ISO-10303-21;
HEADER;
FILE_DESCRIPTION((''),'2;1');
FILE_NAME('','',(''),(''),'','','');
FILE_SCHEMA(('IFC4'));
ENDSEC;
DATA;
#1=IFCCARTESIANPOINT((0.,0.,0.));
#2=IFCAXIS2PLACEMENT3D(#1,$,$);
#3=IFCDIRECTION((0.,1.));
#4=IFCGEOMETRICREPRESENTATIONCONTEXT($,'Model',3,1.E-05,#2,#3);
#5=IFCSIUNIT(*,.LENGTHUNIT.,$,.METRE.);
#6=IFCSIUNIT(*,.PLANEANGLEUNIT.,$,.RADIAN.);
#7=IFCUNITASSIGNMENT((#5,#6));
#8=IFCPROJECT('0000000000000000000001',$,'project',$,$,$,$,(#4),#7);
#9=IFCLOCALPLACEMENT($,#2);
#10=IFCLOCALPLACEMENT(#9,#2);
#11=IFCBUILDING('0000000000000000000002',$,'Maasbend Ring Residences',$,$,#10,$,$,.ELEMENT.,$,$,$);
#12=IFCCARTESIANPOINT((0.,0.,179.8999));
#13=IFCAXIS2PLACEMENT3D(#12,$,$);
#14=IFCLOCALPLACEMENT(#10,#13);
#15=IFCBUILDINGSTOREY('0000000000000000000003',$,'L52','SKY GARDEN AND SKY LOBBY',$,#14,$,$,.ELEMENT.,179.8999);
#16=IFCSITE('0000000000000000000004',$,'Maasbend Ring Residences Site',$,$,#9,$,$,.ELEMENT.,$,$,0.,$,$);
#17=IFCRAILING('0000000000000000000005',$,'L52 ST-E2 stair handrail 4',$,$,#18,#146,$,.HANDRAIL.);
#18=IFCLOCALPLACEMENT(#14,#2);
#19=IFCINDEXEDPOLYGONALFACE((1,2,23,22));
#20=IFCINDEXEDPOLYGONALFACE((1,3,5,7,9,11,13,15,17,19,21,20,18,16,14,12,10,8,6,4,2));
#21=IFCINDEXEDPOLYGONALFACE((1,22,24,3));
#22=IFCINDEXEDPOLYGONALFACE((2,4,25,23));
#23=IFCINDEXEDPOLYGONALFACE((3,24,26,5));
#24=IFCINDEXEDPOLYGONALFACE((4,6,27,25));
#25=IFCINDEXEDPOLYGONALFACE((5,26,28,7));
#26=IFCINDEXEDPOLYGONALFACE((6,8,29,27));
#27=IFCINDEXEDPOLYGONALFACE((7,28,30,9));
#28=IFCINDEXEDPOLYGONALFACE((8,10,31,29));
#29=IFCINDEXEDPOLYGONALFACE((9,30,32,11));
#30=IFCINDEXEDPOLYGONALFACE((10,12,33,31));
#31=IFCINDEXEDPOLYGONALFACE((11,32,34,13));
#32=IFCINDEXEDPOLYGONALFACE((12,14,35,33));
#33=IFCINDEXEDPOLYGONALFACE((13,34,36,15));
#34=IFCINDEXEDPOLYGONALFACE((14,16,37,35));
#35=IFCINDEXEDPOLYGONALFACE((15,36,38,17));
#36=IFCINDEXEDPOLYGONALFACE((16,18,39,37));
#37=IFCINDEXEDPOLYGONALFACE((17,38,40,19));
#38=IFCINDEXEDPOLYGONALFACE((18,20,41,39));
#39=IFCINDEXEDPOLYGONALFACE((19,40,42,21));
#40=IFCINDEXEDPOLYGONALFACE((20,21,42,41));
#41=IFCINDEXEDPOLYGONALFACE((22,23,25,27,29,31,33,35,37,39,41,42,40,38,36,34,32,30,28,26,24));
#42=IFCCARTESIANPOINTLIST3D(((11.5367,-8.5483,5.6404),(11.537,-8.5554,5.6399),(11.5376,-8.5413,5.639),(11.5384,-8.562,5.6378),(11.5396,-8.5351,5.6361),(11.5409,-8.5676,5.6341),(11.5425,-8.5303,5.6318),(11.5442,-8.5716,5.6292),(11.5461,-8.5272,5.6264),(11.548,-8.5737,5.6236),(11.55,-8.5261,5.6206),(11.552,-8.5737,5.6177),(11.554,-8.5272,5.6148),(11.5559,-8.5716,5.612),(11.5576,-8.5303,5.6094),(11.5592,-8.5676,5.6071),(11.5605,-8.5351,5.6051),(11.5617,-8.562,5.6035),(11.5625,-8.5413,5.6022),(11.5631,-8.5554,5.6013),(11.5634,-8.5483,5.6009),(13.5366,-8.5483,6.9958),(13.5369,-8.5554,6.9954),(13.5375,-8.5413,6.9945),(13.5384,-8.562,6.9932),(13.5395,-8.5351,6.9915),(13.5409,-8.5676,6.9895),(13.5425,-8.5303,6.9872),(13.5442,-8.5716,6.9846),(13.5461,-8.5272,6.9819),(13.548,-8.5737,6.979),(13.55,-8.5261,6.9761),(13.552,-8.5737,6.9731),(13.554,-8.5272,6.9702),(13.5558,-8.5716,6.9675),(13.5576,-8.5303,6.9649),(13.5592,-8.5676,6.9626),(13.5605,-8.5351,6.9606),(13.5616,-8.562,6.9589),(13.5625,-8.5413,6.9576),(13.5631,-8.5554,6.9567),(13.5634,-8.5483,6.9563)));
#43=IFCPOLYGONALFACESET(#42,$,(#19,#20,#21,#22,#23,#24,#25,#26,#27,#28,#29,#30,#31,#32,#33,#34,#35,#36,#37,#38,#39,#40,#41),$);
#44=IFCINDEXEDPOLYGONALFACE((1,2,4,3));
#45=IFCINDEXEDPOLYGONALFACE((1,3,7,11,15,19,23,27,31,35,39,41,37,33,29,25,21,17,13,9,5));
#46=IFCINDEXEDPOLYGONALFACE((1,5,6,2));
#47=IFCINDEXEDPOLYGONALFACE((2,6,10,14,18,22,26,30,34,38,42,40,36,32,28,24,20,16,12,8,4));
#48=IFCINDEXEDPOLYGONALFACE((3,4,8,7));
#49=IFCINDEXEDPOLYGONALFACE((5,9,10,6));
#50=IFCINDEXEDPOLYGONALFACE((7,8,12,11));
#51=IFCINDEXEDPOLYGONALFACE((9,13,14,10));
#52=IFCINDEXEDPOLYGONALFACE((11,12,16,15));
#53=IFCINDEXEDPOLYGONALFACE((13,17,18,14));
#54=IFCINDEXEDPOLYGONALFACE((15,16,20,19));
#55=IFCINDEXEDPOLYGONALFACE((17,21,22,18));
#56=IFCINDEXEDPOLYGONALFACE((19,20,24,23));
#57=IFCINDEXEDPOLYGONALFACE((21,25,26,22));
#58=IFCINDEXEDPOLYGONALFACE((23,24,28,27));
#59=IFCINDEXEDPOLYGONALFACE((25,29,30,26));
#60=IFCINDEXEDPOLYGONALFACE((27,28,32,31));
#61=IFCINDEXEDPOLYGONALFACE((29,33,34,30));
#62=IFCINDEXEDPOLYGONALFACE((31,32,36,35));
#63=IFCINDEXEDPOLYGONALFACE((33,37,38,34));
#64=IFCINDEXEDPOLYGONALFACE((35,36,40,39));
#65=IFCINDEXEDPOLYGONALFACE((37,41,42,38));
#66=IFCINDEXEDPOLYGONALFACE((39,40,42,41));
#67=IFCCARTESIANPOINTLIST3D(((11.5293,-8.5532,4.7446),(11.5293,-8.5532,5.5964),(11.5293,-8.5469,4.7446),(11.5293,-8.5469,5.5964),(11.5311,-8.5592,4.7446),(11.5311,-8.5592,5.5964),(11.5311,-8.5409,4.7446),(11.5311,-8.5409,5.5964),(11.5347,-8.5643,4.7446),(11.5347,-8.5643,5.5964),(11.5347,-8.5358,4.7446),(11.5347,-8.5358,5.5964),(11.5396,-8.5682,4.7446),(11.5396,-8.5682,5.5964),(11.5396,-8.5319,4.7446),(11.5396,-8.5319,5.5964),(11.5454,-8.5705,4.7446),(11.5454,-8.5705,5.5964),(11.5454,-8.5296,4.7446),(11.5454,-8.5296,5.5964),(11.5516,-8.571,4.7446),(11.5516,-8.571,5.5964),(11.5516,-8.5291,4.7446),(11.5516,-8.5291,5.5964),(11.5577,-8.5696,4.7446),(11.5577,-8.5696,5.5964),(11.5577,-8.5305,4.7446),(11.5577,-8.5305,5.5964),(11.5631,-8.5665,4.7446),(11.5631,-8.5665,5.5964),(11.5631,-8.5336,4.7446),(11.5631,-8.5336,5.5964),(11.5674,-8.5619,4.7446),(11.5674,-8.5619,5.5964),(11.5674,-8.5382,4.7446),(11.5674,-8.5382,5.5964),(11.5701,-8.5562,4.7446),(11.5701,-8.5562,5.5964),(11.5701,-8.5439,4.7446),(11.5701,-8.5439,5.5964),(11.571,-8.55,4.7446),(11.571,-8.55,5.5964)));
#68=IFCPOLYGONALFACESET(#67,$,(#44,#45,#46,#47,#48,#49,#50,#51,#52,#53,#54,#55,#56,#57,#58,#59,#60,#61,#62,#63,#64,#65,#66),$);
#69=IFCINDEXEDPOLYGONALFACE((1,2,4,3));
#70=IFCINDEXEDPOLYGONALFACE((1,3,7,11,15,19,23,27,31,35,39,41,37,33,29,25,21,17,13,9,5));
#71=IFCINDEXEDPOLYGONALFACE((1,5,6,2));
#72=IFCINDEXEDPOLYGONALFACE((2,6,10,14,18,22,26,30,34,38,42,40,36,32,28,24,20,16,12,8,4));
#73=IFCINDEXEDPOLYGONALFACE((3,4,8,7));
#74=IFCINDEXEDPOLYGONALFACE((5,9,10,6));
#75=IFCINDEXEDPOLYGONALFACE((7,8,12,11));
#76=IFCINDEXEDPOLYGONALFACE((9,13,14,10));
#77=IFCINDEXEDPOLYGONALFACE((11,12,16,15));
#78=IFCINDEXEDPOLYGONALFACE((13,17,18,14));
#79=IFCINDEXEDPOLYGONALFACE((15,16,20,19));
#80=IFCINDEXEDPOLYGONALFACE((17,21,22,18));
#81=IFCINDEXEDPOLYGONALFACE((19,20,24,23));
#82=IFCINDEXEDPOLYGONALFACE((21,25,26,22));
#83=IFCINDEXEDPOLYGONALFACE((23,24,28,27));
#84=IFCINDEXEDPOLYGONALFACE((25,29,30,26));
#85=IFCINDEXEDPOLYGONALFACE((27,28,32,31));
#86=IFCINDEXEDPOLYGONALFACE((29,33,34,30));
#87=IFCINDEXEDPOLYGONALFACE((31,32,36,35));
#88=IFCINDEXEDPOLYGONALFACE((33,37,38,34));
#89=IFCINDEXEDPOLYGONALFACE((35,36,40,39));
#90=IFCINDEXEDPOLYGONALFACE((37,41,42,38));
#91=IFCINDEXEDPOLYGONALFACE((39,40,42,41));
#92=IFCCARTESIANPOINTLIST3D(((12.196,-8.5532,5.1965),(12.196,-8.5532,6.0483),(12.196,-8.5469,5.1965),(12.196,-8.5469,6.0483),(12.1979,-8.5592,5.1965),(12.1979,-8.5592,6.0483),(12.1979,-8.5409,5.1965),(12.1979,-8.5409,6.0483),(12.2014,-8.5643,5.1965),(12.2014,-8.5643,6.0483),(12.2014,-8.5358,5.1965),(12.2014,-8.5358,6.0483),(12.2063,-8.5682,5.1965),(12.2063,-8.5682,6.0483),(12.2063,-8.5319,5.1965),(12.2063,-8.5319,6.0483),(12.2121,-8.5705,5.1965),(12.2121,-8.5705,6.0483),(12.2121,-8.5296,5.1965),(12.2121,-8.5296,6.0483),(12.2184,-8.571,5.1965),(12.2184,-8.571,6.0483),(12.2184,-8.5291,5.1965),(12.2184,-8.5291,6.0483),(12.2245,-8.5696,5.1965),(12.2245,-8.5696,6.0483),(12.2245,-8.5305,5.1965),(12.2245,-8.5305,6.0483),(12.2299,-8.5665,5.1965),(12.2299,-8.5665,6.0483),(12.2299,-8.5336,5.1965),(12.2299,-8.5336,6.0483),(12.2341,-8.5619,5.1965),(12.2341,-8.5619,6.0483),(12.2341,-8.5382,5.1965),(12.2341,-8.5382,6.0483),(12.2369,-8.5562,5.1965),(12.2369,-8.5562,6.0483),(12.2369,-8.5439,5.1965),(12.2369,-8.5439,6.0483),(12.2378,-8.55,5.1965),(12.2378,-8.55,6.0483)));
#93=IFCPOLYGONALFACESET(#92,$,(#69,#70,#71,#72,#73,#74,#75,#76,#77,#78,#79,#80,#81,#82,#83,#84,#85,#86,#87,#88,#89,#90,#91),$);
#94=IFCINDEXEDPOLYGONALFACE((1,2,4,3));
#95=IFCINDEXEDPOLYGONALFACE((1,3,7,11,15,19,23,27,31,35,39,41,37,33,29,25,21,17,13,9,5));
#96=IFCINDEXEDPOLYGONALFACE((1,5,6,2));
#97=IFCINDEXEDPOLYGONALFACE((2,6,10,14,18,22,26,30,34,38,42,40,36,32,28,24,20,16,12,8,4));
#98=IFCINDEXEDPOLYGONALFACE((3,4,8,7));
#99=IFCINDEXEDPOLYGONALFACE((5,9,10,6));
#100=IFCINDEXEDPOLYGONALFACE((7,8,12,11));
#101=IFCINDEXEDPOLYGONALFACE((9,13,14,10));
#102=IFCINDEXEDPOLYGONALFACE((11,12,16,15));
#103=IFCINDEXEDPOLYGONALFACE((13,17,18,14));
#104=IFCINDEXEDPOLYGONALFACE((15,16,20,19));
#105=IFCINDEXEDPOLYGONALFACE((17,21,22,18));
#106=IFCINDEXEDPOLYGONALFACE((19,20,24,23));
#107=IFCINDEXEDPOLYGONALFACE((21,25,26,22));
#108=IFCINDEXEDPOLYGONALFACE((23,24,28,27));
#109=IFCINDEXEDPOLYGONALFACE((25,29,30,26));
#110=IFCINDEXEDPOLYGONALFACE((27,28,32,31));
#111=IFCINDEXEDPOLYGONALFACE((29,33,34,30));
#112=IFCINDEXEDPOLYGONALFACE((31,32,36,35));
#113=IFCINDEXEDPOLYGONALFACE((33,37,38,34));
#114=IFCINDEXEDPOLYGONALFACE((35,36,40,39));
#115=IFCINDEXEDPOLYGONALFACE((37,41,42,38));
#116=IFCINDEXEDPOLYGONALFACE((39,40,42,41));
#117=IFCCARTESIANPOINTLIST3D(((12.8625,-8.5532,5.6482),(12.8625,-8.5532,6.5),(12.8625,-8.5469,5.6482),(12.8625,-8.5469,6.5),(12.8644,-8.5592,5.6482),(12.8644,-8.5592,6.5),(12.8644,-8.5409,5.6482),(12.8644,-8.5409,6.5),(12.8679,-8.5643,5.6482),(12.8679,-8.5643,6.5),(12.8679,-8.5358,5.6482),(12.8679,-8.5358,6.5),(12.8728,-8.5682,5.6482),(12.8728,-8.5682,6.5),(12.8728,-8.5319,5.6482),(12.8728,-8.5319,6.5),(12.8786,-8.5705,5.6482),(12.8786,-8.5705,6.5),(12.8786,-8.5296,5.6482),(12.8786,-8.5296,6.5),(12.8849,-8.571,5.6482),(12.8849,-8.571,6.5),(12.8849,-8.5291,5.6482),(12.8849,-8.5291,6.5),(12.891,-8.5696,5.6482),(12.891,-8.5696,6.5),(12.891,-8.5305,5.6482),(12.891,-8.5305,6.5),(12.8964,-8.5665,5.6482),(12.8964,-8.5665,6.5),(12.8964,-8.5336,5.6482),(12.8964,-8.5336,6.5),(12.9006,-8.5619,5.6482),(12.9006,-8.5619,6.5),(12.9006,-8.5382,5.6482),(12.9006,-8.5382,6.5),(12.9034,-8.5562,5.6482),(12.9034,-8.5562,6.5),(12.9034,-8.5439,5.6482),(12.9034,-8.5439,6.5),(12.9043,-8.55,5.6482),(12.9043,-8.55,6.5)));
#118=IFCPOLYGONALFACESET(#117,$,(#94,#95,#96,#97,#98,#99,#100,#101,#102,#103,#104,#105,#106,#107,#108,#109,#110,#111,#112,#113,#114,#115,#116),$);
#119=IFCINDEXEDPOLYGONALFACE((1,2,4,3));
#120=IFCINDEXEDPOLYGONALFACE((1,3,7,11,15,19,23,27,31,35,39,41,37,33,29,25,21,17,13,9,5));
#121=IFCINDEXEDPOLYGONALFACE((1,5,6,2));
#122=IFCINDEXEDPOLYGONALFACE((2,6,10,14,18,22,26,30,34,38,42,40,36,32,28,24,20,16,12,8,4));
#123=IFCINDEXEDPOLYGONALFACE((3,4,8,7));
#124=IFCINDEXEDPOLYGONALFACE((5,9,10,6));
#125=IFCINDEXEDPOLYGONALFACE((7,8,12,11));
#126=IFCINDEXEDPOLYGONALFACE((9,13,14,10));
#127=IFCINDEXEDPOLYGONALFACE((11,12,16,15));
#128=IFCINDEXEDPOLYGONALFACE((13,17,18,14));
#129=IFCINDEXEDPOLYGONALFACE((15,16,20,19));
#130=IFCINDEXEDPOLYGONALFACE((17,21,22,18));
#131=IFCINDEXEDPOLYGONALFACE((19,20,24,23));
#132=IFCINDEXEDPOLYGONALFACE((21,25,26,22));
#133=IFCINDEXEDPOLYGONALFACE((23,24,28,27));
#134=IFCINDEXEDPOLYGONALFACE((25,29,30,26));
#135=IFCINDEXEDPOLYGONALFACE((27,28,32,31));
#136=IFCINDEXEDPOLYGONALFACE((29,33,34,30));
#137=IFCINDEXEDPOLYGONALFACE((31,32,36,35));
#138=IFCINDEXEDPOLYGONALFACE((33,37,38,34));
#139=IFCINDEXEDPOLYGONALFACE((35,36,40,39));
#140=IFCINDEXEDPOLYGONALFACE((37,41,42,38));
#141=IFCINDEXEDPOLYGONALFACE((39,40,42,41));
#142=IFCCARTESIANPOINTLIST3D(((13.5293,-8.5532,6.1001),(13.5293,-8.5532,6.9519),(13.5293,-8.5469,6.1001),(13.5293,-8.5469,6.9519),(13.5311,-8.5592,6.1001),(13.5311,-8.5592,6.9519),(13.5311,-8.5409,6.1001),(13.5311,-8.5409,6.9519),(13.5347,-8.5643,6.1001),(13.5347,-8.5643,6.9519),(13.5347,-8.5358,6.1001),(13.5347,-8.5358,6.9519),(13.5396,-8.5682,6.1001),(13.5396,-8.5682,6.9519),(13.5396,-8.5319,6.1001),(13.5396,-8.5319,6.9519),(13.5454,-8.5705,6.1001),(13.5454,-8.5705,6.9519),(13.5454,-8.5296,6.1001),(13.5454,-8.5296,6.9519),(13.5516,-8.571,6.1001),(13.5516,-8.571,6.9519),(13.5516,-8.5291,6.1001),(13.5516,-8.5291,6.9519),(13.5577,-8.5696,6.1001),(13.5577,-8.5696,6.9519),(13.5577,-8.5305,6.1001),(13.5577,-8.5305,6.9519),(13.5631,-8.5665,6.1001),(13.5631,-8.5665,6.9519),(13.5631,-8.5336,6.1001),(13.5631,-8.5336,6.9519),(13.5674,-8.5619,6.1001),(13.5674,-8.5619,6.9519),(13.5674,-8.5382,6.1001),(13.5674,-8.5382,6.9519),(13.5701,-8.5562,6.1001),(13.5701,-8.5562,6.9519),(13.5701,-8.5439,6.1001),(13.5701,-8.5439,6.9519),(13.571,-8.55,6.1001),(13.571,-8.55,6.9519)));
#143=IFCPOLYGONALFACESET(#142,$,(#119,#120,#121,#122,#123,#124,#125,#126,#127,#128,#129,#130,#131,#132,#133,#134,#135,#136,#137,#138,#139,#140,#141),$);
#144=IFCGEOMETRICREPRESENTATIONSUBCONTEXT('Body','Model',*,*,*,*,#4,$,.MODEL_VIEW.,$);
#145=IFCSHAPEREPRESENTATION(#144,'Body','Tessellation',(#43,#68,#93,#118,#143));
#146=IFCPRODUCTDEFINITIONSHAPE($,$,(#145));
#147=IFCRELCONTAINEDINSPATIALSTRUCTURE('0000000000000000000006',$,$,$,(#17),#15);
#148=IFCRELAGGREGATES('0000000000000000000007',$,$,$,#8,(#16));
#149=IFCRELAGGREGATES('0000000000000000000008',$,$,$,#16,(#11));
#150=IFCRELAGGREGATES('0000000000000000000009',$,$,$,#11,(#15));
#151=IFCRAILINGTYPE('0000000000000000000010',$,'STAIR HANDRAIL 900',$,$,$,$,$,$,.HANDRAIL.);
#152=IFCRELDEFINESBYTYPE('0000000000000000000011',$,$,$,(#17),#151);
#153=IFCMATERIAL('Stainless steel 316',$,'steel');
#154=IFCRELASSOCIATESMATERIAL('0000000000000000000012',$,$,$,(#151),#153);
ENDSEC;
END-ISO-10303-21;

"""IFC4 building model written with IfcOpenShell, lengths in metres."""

from ifc_helpers import new_model, si_unit, direction, frame, origin, origin_2d, place, context, subcontext, project, spatial, circle, extrude, material, type_object, element, save


model = new_model("IFC4")

# Units and contexts
model_context = context("Model", 3, precision=1e-05, world=origin(), true_north=direction((0.0, 1.0)))
body_context = subcontext(model_context, "Body", "Model", "MODEL_VIEW")
ifc_project = project(units=[si_unit("LENGTHUNIT", "METRE"), si_unit("PLANEANGLEUNIT", "RADIAN")], contexts=[model_context])

# Site, building, storey
site_placement = place(None, origin())
site = spatial("IfcSite", under=ifc_project, at=site_placement, Name="Maasbend Ring Residences Site", CompositionType="ELEMENT", RefElevation=0.0)
building_placement = place(site_placement, origin())
building = spatial("IfcBuilding", under=site, at=building_placement, Name="Maasbend Ring Residences", CompositionType="ELEMENT")
storey_placement = place(building_placement, frame((0.0, 0.0, 179.8999)))
storey = spatial("IfcBuildingStorey", under=building, at=storey_placement, Name="L52", Description="SKY GARDEN AND SKY LOBBY", CompositionType="ELEMENT", Elevation=179.8999)

# Railing
ifc_material_1 = material(Name="Stainless steel 316", Category="steel")
railing_type_1 = type_object("IfcRailingType", Name="STAIR HANDRAIL 900", PredefinedType="HANDRAIL", material=ifc_material_1)
railing_1_placement = place(storey_placement, frame((11.55, -8.55, 4.7446)))
element("IfcRailing", 1, at=railing_1_placement, inside=storey, type_object=railing_type_1, Name="L52 ST-E2 stair handrail 4", PredefinedType="HANDRAIL", context=body_context, shape_type="SweptSolid", body=[
    extrude(circle(Radius=0.0239, at=origin_2d()), frame((0.0, 0.0, 0.876), z_axis=(0.827798, 0.0, 0.561027), x_axis=(0.0, 1.0, 0.0)), (0.0, 0.0, 1.0), 2.416),
    extrude(circle(Radius=0.021, at=origin_2d()), origin(), (0.0, 0.0, 1.0), 0.8518),
    extrude(circle(Radius=0.021, at=origin_2d()), frame((0.6667, 0.0, 0.4519)), (0.0, 0.0, 1.0), 0.8518),
    extrude(circle(Radius=0.021, at=origin_2d()), frame((1.3333, 0.0, 0.9036)), (0.0, 0.0, 1.0), 0.8518),
    extrude(circle(Radius=0.021, at=origin_2d()), frame((2.0, 0.0, 1.3555)), (0.0, 0.0, 1.0), 0.8518),
])

save(model, "model.ifc")
